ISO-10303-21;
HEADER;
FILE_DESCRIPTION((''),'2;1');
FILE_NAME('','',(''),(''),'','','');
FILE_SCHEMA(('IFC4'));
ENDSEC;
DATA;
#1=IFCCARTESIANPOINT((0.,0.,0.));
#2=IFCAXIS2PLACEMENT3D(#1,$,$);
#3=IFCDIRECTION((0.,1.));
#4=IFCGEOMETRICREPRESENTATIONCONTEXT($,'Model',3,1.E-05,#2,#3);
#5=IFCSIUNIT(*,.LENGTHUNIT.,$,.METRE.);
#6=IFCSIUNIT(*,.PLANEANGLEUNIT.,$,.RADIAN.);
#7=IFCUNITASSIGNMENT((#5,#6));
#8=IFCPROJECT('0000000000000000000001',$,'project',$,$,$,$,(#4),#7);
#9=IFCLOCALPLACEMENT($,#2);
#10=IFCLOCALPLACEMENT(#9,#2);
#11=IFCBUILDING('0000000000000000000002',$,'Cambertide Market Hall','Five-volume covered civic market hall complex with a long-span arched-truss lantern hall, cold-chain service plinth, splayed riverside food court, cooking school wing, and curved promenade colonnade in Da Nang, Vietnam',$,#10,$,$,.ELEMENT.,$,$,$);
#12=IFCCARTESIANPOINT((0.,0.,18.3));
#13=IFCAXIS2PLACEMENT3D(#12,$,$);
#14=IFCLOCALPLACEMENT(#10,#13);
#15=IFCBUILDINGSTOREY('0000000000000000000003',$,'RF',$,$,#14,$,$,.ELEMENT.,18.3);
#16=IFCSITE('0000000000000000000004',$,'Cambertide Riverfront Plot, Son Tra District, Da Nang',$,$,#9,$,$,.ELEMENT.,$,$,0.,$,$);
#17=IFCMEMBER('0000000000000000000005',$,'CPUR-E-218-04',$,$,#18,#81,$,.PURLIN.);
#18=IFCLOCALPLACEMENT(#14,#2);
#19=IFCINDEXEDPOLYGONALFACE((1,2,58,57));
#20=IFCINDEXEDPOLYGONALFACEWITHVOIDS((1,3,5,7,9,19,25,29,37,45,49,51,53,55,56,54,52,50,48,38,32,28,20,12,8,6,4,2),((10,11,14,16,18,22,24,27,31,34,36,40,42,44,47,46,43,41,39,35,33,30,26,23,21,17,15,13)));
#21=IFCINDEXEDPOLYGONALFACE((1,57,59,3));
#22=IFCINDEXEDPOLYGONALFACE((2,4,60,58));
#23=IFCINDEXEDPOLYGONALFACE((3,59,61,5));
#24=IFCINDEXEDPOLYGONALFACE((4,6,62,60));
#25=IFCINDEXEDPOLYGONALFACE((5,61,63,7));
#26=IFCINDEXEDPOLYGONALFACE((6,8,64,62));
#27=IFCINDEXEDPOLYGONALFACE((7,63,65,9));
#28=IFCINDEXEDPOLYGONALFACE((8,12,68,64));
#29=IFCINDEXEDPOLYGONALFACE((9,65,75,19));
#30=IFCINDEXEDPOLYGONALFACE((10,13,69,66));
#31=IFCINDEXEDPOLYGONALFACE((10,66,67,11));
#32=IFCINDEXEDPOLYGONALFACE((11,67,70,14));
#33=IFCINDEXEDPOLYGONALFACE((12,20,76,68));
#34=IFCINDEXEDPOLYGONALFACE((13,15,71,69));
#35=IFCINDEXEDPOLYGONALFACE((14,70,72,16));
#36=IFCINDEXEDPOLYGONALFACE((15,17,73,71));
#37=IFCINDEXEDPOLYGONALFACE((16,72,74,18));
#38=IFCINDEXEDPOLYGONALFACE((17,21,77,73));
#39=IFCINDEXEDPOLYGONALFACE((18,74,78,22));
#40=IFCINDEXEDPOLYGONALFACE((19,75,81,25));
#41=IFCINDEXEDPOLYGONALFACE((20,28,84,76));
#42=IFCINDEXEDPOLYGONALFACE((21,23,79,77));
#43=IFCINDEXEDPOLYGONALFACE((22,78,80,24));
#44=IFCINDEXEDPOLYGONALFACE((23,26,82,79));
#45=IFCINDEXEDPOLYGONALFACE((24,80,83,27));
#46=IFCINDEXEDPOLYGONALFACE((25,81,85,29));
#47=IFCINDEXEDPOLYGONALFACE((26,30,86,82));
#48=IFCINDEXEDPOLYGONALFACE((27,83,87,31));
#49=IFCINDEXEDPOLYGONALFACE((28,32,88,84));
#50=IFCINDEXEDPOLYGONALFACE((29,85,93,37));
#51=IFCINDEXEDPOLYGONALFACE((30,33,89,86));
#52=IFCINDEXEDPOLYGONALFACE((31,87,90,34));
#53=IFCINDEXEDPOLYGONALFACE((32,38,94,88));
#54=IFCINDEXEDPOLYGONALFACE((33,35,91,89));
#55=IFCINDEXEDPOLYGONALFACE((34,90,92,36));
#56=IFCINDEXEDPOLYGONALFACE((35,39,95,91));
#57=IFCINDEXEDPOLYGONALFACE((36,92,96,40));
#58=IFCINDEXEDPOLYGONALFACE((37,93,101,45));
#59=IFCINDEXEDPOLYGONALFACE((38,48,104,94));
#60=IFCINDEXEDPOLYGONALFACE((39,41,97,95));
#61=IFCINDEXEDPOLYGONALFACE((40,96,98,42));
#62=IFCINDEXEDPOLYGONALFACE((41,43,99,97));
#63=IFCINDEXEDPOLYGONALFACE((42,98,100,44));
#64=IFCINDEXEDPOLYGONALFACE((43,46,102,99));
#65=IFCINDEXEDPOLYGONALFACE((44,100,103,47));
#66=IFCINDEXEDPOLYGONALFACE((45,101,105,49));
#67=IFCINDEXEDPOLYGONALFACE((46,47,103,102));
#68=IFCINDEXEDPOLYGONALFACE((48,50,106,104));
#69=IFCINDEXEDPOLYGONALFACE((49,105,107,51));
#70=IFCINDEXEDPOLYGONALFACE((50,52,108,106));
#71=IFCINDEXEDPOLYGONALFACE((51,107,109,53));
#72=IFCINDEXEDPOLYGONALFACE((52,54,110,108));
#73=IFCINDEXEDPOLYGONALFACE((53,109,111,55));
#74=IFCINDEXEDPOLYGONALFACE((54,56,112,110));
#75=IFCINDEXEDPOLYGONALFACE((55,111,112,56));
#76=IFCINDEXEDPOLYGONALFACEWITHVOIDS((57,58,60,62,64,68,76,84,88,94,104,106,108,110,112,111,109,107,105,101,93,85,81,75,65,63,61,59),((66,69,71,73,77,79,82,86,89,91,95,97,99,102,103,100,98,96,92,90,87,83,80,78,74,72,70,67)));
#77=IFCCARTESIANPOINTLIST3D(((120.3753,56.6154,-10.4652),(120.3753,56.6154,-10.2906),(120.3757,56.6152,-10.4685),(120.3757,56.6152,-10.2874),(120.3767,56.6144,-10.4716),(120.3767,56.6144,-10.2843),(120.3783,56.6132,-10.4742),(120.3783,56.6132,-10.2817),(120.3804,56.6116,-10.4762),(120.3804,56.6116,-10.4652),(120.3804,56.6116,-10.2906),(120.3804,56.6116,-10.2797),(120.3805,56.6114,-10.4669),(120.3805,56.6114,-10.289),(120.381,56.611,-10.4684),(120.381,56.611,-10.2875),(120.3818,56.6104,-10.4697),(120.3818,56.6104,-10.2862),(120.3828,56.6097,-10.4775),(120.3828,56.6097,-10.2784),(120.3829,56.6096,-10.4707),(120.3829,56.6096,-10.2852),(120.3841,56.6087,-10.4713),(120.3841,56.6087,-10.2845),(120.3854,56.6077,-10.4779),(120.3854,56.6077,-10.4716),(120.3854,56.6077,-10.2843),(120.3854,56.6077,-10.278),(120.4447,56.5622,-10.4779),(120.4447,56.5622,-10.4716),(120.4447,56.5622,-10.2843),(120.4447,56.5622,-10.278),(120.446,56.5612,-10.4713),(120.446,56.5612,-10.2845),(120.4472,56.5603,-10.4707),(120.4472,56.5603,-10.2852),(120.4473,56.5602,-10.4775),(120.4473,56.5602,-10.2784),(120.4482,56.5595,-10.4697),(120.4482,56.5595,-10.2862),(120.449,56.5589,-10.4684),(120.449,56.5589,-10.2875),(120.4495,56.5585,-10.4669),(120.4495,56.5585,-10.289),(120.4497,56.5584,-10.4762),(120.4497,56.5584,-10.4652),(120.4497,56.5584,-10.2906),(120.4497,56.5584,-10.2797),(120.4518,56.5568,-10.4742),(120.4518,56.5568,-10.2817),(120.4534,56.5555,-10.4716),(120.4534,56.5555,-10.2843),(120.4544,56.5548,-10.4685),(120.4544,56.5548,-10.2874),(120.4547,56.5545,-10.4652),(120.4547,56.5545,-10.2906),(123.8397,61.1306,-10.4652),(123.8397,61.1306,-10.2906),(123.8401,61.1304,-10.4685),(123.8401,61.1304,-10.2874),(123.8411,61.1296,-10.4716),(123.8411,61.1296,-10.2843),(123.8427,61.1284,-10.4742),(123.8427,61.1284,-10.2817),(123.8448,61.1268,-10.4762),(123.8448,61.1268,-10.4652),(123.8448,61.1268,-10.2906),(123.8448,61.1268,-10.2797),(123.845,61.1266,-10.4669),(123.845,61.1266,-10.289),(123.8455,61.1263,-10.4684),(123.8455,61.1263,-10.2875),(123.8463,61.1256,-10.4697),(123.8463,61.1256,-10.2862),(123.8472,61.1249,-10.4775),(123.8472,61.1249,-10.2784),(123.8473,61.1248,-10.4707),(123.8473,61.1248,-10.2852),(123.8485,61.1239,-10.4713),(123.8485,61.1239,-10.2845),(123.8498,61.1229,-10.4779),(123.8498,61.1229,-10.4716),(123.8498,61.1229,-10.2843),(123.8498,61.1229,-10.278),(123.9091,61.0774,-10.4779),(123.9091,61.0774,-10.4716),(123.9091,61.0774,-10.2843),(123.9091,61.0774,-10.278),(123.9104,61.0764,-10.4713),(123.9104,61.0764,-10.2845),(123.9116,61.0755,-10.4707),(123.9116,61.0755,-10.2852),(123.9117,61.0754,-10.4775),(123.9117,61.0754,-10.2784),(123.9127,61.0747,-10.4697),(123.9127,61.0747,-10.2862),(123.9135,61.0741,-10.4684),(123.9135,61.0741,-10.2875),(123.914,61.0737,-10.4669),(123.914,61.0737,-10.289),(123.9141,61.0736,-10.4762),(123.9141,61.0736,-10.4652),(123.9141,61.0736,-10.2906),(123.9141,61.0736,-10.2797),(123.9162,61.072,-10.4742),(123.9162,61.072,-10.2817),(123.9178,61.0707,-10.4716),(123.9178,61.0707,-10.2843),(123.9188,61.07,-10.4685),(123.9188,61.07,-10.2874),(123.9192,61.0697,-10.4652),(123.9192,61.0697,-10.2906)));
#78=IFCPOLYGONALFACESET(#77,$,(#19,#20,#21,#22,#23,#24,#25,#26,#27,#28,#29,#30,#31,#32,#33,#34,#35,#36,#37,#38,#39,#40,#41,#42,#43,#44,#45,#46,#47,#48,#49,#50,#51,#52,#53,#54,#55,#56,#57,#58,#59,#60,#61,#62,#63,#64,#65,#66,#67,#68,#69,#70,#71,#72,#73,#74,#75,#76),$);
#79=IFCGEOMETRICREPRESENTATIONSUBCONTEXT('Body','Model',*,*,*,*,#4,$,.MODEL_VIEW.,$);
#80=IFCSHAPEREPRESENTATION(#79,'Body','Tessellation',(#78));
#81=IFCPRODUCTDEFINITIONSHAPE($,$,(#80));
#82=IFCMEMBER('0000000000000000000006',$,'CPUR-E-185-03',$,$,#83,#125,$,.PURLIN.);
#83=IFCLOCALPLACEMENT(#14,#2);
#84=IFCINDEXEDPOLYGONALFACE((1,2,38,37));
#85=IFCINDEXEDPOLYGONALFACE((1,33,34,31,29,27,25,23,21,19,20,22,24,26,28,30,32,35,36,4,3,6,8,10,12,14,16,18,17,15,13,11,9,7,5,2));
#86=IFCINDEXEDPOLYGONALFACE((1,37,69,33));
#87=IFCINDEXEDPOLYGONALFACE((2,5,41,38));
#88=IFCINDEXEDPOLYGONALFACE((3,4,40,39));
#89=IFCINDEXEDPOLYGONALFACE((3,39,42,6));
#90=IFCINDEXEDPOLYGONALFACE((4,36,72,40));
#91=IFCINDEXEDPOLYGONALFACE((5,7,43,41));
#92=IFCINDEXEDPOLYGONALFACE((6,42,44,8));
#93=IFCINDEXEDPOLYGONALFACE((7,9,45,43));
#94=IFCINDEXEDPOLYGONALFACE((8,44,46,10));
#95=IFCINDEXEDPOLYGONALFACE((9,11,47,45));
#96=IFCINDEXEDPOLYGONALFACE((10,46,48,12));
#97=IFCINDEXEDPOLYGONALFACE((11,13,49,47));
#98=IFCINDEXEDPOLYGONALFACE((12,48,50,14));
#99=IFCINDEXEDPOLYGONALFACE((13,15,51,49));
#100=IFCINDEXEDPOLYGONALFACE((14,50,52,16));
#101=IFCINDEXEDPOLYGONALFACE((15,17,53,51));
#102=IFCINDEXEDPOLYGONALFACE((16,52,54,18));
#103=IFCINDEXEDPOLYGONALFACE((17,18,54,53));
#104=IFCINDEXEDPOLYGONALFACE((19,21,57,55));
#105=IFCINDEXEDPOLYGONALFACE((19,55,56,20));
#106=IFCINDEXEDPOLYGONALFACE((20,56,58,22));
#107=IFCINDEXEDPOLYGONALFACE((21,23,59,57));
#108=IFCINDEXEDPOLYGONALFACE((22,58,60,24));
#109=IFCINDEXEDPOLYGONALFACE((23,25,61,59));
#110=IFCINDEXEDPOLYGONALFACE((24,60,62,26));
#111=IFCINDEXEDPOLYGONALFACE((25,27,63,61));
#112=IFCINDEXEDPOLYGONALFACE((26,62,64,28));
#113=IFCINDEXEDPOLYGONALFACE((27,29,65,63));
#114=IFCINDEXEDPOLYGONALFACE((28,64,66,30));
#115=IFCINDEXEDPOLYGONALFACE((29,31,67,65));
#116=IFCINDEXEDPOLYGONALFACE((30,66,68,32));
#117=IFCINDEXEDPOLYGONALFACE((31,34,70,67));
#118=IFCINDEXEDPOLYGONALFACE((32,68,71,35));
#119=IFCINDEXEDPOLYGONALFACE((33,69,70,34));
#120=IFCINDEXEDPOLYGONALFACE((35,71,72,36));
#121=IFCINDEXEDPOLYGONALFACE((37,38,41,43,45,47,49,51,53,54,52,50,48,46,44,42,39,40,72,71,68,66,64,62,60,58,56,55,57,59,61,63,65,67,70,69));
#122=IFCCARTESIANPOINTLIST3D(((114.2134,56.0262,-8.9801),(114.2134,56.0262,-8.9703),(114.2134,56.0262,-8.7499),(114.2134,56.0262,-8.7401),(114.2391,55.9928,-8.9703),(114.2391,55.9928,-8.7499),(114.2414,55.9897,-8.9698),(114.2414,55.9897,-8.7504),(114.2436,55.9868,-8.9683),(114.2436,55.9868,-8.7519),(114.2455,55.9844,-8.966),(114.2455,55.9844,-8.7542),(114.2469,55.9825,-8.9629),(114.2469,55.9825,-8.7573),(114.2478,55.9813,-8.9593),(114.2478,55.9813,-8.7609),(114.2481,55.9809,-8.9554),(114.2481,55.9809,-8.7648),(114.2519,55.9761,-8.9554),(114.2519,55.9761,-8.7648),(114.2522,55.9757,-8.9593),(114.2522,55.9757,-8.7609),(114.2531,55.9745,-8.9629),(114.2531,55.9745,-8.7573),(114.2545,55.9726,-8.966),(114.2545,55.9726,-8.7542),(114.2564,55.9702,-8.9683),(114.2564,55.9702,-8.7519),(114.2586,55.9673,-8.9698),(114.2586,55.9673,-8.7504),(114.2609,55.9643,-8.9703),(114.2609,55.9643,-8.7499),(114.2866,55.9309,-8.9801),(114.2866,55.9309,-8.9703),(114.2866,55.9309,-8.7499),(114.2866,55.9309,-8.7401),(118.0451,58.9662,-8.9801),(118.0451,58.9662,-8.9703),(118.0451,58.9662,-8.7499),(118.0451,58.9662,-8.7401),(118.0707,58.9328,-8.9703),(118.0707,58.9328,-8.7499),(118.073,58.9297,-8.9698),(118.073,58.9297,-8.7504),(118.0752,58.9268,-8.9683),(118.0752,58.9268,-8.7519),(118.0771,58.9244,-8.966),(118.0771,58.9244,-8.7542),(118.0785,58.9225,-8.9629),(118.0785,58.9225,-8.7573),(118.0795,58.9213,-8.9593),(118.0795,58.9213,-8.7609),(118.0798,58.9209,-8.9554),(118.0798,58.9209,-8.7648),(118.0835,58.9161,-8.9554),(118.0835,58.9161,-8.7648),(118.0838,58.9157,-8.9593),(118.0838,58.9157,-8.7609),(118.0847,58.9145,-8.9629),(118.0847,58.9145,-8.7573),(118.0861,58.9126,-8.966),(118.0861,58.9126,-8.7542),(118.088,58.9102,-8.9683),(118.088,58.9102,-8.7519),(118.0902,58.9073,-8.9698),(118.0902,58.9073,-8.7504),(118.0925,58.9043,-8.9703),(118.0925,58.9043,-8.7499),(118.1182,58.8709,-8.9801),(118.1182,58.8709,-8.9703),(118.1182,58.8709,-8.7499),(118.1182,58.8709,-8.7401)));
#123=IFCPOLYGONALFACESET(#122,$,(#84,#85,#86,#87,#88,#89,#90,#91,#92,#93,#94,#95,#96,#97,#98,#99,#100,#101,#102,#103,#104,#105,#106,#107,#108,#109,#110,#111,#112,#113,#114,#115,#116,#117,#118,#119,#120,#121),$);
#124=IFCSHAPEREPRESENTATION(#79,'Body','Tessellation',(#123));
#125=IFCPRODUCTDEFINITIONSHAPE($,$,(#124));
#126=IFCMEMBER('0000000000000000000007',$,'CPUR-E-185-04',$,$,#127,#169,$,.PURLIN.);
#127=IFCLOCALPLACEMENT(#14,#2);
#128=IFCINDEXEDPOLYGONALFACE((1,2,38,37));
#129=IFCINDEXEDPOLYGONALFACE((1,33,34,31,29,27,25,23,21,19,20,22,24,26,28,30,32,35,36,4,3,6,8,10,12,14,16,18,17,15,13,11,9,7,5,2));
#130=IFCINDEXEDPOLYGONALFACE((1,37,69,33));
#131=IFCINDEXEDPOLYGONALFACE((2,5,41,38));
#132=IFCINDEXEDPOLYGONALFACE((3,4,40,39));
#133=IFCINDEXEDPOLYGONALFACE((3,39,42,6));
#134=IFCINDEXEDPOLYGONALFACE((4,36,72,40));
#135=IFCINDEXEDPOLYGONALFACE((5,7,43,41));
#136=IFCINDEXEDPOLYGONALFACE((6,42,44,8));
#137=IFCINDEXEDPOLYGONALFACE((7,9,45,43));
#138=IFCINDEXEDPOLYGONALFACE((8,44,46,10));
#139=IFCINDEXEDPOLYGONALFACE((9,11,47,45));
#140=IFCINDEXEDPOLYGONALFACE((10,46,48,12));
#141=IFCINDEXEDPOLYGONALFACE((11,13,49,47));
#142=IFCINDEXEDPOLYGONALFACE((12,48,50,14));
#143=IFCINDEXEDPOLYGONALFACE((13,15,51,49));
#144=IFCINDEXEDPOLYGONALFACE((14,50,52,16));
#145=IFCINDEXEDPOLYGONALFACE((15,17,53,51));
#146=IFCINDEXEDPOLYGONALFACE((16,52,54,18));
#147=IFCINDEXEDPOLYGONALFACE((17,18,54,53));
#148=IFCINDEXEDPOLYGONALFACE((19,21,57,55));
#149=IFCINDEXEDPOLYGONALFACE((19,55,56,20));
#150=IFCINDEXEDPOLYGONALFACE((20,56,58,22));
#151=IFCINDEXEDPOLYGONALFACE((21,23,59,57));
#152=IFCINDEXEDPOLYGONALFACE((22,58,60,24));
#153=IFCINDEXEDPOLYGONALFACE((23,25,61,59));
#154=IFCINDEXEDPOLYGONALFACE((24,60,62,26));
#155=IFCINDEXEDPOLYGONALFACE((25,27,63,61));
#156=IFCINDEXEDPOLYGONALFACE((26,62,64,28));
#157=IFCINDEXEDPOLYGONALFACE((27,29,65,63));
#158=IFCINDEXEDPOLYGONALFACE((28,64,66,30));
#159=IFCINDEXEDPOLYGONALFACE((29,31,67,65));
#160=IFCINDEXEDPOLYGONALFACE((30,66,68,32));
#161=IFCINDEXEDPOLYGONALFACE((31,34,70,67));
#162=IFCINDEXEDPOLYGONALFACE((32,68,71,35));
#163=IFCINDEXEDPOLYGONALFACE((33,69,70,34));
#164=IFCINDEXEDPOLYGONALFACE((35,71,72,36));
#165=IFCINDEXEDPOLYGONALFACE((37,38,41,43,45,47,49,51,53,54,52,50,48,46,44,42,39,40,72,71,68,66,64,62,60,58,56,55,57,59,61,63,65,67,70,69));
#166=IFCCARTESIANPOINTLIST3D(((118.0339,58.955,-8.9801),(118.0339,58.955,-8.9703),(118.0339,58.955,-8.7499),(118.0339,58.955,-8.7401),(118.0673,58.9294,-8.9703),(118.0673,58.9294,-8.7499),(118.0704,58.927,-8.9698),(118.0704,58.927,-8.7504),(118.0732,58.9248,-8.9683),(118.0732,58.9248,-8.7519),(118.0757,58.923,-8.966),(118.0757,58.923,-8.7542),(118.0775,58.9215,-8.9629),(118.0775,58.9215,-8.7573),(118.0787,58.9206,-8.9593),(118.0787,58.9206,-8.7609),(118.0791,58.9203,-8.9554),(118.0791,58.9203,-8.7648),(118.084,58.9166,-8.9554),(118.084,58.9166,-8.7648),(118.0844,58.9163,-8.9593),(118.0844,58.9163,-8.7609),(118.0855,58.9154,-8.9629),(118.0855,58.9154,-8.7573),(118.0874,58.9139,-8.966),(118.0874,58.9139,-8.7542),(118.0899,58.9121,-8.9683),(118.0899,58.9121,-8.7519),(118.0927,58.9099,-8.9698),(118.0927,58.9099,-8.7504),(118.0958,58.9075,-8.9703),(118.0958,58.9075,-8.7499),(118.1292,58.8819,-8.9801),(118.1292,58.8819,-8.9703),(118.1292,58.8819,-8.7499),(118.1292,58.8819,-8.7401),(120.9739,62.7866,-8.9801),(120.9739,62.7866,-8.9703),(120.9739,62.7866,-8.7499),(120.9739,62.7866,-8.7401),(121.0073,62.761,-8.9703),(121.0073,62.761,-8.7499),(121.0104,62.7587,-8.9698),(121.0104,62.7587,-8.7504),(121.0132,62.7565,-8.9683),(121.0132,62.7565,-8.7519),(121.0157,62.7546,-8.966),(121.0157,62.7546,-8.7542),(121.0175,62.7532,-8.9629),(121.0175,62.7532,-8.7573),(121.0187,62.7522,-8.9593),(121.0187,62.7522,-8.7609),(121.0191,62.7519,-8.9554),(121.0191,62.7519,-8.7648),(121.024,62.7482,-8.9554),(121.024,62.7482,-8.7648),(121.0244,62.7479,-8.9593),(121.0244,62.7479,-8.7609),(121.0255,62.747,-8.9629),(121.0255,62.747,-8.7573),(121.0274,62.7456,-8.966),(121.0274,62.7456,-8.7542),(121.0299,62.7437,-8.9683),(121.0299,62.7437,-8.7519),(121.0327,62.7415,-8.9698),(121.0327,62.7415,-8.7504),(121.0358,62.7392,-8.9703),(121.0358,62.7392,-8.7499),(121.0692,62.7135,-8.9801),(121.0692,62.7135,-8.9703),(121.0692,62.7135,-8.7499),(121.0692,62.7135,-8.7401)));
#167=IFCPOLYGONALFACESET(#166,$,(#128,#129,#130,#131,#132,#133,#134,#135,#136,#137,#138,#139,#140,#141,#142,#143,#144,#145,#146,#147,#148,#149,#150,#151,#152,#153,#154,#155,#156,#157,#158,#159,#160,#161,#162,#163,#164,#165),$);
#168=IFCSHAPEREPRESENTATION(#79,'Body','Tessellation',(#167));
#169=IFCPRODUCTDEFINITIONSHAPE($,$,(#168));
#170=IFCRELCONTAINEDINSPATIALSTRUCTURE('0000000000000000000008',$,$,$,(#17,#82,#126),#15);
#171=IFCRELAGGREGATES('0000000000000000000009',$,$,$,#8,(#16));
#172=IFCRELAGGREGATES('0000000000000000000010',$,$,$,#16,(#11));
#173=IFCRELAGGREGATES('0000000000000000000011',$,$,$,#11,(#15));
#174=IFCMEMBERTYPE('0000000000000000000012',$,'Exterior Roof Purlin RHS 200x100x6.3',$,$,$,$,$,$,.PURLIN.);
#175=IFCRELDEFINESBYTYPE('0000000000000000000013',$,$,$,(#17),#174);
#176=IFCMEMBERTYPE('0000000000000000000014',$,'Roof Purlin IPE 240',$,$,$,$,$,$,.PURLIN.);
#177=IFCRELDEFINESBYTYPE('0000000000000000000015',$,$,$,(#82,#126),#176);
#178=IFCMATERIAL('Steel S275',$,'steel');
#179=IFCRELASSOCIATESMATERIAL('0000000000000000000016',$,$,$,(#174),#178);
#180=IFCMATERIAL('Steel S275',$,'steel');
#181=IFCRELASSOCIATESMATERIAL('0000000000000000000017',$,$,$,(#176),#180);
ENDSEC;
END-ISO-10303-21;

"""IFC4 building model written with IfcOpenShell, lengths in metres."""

from ifc_helpers import new_model, si_unit, direction, frame, origin, origin_2d, place, context, subcontext, project, spatial, hollow_rectangle, i_section, extrude, material, material_profile, profile_set, type_object, element, save


model = new_model("IFC4")

# Units and contexts
model_context = context("Model", 3, precision=1e-05, world=origin(), true_north=direction((0.0, 1.0)))
body_context = subcontext(model_context, "Body", "Model", "MODEL_VIEW")
ifc_project = project(units=[si_unit("LENGTHUNIT", "METRE"), si_unit("PLANEANGLEUNIT", "RADIAN")], contexts=[model_context])

# Site, building, storey
site_placement = place(None, origin())
site = spatial("IfcSite", under=ifc_project, at=site_placement, Name="Cambertide Riverfront Plot, Son Tra District, Da Nang", CompositionType="ELEMENT", RefElevation=0.0)
building_placement = place(site_placement, origin())
building = spatial("IfcBuilding", under=site, at=building_placement, Name="Cambertide Market Hall", Description="Five-volume covered civic market hall complex with a long-span arched-truss lantern hall, cold-chain service plinth, splayed riverside food court, cooking school wing, and curved promenade colonnade in Da Nang, Vietnam", CompositionType="ELEMENT")
storey_placement = place(building_placement, frame((0.0, 0.0, 18.3)))
storey = spatial("IfcBuildingStorey", under=building, at=storey_placement, Name="RF", CompositionType="ELEMENT", Elevation=18.3)

# Members
ifc_material_1 = material(Name="Steel S275", Category="steel")
ifc_material_profile_1 = material_profile(ifc_material_1, hollow_rectangle(XDim=0.1001, YDim=0.2, WallThickness=0.0063, InnerFilletRadius=0.0063, OuterFilletRadius=0.0127, at=origin_2d()), Name="RHS 200x100x6.3")
ifc_profile_set_1 = profile_set([ifc_material_profile_1], Name="Steel S275")
member_type_1 = type_object("IfcMemberType", Name="Exterior Roof Purlin RHS 200x100x6.3", PredefinedType="PURLIN", material=ifc_profile_set_1)
member_1_placement = place(storey_placement, frame((120.415, 56.585, -10.3779), z_axis=(0.608736, 0.793373, 0.0), x_axis=(-0.793373, 0.608736, 0.0)))
element("IfcMember", 1, at=member_1_placement, inside=storey, type_object=member_type_1, Name="CPUR-E-218-04", PredefinedType="PURLIN", context=body_context, shape_type="SweptSolid", body=[
    extrude(hollow_rectangle(XDim=0.1001, YDim=0.2, WallThickness=0.0063, InnerFilletRadius=0.0063, OuterFilletRadius=0.0127, at=origin_2d()), origin(), (0.0, 0.0, 1.0), 5.6912),
])
ifc_material_2 = material(Name="Steel S275", Category="steel")
ifc_material_profile_2 = material_profile(ifc_material_2, i_section(OverallWidth=0.1201, OverallDepth=0.24, WebThickness=0.0061, FlangeThickness=0.0098, FilletRadius=0.0149, at=origin_2d()), Name="IPE 240")
ifc_profile_set_2 = profile_set([ifc_material_profile_2], Name="Steel S275")
member_type_2 = type_object("IfcMemberType", Name="Roof Purlin IPE 240", PredefinedType="PURLIN", material=ifc_profile_set_2)
for number, where, z_axis, x_axis, name in (
    (2, (114.25, 55.9785, -8.8601), (0.793364, 0.608748, 0.0), (-0.608748, 0.793364, 0.0), "CPUR-E-185-03"),
    (3, (118.0815, 58.9185, -8.8601), (0.608748, 0.793364, 0.0), (-0.793364, 0.608748, 0.0), "CPUR-E-185-04"),
):
    element("IfcMember", number, at=place(storey_placement, frame(where, z_axis=z_axis, x_axis=x_axis)), inside=storey, type_object=member_type_2, Name=name, PredefinedType="PURLIN", context=body_context, shape_type="SweptSolid", body=[
        extrude(i_section(OverallWidth=0.1201, OverallDepth=0.24, WebThickness=0.0061, FlangeThickness=0.0098, FilletRadius=0.0149, at=origin_2d()), origin(), (0.0, 0.0, 1.0), 4.8296),
    ])

save(model, "model.ifc")
